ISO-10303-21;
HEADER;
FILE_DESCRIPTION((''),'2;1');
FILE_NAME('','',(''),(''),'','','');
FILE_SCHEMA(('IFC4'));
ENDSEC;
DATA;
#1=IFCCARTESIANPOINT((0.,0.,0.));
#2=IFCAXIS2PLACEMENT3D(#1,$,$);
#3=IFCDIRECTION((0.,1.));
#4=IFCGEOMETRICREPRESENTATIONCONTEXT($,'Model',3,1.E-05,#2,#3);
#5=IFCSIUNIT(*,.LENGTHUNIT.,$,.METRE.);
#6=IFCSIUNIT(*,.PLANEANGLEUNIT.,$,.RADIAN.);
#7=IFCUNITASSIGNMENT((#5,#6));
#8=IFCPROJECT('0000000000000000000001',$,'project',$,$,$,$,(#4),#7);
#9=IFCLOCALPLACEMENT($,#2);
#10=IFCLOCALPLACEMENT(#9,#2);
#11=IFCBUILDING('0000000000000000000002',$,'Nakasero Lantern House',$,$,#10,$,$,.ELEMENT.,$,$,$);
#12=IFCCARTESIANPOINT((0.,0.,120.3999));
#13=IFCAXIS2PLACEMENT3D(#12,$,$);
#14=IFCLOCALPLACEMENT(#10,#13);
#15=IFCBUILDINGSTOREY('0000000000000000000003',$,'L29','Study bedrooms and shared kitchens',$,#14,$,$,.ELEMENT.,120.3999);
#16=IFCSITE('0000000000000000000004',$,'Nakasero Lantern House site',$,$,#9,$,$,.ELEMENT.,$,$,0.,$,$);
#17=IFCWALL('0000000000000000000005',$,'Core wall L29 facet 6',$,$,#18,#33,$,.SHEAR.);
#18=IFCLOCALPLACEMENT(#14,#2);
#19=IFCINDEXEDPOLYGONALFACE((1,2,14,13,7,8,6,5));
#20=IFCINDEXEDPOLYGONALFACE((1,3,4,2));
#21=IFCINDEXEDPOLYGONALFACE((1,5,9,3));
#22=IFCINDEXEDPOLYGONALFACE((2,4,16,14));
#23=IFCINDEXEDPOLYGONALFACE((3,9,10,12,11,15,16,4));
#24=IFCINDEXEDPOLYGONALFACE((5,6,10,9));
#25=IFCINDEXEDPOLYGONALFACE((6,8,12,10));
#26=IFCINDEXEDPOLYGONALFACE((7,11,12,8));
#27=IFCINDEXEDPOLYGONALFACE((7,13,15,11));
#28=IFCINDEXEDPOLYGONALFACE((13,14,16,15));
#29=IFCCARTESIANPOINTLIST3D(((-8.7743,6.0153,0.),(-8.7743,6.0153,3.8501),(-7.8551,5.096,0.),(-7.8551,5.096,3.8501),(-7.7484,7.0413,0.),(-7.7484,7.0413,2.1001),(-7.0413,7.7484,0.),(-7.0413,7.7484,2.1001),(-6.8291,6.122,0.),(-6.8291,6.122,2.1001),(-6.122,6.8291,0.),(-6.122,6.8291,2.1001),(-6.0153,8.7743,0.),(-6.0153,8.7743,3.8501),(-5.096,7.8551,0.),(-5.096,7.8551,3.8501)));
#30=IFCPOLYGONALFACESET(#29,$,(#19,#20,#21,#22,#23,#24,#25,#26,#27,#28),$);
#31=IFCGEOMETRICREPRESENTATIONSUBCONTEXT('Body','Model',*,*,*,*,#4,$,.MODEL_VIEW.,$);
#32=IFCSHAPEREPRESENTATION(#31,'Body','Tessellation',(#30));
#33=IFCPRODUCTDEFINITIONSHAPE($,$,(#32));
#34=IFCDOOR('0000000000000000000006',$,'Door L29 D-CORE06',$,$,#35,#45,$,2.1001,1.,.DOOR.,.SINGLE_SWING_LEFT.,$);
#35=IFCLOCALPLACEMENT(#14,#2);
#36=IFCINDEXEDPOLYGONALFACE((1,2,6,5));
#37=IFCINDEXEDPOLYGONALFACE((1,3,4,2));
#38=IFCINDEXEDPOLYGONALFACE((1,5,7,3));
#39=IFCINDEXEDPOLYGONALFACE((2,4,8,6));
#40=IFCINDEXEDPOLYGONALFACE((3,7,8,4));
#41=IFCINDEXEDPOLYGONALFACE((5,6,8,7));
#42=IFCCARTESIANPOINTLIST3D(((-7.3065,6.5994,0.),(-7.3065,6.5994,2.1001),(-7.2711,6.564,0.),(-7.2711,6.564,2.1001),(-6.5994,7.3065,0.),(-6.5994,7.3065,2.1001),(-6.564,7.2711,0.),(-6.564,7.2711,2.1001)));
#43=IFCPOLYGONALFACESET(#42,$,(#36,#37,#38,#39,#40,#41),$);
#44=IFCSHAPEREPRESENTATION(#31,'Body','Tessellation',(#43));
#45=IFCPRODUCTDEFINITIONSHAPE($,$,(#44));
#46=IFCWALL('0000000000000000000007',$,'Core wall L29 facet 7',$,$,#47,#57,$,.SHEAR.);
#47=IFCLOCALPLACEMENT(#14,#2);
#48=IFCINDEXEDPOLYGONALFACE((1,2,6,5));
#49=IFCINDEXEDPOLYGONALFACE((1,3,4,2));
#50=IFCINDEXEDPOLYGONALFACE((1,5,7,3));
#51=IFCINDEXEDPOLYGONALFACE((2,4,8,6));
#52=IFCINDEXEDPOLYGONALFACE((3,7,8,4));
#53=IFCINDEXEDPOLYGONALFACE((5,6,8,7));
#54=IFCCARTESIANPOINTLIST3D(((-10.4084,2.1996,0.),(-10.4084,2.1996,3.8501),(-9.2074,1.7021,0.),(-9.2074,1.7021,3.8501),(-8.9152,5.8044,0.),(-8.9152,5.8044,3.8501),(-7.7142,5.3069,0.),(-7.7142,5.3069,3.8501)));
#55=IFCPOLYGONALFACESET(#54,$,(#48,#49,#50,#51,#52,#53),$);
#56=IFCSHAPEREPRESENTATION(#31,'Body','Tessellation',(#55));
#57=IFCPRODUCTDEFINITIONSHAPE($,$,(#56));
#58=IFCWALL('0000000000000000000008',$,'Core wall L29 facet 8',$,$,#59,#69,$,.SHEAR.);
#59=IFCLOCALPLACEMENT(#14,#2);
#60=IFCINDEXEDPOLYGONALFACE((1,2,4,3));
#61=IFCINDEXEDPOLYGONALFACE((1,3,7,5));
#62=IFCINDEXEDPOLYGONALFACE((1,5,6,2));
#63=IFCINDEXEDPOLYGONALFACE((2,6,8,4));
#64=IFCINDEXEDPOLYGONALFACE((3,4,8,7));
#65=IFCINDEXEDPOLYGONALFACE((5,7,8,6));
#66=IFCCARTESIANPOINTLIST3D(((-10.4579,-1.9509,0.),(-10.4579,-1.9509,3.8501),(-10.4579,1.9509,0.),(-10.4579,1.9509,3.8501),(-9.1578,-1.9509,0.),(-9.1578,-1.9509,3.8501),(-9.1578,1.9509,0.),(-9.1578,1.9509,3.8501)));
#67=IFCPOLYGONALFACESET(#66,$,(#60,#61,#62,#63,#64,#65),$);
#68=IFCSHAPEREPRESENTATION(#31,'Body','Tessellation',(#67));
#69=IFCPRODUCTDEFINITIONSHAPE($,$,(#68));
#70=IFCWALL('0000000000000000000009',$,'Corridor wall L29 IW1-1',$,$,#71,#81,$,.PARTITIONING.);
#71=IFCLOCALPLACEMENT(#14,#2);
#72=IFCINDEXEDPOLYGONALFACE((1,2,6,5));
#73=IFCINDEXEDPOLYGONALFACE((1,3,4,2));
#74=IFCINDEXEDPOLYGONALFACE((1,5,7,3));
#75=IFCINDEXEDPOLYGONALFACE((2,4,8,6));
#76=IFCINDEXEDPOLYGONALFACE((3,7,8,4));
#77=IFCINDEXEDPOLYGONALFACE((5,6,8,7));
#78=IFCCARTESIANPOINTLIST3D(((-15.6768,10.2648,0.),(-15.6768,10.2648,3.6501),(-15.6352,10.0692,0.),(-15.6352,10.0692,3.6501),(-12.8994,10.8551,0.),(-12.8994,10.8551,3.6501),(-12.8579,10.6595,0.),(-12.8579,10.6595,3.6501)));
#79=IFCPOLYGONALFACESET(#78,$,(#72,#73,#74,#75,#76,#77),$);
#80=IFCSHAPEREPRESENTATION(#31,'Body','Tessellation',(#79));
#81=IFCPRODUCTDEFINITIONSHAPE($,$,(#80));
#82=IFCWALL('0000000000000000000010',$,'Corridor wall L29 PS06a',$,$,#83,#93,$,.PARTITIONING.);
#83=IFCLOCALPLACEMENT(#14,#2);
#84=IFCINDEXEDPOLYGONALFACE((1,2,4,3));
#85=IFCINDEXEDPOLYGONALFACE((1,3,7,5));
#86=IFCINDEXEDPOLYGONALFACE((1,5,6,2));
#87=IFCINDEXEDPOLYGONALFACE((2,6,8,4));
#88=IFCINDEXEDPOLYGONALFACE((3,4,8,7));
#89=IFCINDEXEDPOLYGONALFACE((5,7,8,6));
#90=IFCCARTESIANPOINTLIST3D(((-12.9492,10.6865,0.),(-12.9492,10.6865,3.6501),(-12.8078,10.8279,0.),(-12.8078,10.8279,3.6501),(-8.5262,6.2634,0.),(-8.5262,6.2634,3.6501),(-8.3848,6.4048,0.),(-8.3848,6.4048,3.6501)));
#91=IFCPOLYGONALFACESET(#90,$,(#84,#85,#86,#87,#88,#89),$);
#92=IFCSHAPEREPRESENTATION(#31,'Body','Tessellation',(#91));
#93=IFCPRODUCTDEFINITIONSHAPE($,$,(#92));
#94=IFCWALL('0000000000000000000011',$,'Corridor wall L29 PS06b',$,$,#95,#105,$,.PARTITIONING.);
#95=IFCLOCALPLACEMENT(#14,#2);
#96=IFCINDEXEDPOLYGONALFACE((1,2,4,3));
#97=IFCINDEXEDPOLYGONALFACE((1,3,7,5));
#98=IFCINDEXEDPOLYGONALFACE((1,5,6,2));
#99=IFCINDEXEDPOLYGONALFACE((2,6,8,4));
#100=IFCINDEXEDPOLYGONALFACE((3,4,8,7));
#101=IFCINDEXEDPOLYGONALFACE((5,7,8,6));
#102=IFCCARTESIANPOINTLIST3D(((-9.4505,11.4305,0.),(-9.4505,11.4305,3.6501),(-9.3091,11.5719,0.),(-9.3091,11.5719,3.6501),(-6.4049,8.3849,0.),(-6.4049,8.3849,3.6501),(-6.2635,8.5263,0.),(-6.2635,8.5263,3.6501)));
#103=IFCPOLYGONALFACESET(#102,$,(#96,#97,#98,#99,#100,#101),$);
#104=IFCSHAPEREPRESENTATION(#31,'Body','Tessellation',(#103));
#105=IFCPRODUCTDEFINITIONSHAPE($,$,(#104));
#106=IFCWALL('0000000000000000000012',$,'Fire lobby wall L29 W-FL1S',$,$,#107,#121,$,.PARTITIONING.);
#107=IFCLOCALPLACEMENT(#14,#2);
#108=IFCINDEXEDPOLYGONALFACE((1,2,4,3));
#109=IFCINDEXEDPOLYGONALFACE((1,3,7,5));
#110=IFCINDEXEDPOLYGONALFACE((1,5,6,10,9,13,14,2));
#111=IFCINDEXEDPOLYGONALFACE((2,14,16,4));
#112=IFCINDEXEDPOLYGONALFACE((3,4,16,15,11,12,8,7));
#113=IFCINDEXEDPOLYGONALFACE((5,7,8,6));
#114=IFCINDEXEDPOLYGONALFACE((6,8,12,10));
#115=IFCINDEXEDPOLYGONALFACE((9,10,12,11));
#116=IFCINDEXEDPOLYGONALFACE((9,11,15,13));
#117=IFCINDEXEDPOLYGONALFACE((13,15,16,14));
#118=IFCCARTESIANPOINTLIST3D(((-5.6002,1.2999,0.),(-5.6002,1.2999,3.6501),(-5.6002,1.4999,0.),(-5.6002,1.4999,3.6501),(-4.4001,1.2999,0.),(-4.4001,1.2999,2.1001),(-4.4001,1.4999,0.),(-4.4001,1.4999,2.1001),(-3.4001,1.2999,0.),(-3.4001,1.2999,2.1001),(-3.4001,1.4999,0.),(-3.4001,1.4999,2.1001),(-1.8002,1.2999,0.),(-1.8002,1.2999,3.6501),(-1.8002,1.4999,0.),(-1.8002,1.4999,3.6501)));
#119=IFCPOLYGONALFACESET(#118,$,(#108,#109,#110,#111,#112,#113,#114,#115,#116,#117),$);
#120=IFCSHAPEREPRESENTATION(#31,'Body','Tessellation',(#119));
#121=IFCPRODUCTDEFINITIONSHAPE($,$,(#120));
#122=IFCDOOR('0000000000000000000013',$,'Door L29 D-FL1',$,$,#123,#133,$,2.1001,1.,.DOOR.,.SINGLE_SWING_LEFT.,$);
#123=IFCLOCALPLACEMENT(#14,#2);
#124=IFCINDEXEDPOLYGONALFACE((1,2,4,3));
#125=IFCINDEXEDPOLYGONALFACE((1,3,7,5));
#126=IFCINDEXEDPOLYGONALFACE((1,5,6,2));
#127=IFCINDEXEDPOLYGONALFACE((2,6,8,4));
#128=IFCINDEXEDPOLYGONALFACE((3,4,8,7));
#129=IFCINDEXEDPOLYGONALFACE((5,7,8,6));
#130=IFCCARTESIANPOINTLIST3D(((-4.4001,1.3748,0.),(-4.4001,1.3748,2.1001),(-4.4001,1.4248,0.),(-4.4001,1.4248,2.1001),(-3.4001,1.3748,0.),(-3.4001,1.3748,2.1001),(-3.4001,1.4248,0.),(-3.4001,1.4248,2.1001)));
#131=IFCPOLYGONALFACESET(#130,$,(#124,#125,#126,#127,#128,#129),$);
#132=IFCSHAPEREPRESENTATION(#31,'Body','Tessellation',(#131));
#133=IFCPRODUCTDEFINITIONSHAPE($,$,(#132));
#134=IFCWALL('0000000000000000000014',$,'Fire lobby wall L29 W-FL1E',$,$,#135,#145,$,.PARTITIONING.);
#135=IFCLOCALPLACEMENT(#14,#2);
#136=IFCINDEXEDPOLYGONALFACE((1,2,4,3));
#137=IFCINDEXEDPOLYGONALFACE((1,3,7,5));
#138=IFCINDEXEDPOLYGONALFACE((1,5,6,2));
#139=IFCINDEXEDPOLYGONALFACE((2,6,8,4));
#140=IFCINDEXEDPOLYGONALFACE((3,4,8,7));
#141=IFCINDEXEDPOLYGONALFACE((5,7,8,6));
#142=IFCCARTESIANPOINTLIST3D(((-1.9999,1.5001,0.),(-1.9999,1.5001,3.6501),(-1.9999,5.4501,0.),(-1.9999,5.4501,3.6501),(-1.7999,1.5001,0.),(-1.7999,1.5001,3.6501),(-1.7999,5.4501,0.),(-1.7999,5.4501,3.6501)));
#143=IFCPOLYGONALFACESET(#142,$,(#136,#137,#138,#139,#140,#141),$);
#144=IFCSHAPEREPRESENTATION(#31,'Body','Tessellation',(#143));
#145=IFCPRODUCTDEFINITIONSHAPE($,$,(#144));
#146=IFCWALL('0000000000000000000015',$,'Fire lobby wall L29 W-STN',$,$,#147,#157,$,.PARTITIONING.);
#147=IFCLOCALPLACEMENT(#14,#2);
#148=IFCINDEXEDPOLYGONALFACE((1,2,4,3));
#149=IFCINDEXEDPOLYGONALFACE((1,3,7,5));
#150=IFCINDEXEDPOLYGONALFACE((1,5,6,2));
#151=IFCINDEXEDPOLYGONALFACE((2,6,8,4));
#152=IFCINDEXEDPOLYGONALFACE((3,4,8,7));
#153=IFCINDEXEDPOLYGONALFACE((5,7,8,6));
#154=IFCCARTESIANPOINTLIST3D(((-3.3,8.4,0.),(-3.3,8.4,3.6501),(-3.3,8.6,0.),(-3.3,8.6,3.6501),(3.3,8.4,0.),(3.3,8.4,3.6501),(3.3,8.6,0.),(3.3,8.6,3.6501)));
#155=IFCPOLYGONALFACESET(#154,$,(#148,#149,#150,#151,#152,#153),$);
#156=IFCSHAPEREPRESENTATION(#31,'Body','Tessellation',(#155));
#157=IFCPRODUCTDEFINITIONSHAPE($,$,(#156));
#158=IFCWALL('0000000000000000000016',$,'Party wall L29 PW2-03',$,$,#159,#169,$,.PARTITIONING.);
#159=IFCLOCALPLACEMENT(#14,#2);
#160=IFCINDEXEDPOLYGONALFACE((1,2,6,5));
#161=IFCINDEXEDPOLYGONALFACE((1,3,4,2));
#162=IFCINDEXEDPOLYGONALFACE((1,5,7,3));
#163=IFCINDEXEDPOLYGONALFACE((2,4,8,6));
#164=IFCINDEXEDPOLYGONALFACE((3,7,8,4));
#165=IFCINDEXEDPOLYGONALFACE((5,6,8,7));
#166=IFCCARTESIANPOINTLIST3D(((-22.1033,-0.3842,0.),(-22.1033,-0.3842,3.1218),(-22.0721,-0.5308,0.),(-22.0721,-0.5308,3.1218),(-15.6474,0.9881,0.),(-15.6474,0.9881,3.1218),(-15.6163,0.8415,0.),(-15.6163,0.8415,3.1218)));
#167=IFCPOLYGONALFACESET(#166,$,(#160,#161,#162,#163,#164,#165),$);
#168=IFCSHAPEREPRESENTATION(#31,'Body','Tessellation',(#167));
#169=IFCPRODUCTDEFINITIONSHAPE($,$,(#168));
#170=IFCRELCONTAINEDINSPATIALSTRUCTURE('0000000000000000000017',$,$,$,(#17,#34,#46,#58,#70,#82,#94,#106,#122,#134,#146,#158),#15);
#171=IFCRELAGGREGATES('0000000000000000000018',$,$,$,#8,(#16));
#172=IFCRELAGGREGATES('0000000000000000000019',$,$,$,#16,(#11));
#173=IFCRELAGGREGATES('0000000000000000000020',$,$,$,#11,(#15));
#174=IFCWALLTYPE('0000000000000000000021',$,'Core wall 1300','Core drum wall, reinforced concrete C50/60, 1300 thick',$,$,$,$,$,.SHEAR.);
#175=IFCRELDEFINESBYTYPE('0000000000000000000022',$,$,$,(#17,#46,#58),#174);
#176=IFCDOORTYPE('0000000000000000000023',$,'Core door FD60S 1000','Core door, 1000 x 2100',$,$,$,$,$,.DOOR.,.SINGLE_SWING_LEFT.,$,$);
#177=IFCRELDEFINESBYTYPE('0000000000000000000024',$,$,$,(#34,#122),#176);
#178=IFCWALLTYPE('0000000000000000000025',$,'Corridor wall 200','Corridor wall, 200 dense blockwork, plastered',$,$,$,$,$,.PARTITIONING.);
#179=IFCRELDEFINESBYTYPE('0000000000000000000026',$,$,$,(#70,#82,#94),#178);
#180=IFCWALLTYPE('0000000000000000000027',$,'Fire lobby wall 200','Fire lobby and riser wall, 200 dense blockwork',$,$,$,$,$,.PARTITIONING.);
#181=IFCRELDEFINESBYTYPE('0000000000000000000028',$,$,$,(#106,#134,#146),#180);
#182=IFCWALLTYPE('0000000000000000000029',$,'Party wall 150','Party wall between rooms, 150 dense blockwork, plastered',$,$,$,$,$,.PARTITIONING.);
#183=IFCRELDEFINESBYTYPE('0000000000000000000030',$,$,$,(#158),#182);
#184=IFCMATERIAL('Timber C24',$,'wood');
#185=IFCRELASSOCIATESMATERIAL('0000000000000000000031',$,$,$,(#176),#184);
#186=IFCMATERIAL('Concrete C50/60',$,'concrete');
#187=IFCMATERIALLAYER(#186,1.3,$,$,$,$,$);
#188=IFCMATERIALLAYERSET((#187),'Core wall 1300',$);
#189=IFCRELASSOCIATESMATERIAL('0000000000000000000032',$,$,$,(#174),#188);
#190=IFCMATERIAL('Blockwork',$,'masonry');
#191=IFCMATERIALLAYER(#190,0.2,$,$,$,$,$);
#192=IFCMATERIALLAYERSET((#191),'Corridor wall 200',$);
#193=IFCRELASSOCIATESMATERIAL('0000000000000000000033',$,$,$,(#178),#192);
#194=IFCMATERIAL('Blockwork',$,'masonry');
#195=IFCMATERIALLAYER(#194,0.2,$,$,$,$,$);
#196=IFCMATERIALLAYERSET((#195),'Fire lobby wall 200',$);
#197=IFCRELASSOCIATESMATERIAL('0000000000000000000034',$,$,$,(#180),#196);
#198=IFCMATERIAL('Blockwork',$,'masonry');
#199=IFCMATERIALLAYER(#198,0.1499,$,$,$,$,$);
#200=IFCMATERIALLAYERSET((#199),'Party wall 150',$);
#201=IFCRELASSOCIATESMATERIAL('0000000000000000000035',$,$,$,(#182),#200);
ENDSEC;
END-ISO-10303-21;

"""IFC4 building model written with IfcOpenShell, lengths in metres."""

from ifc_helpers import new_model, si_unit, direction, frame, frame_2d, origin, place, context, subcontext, project, spatial, rectangle, extrude, material, layer, layer_set, type_object, element, fill, save


model = new_model("IFC4")

# Units and contexts
model_context = context("Model", 3, precision=1e-05, world=origin(), true_north=direction((0.0, 1.0)))
body_context = subcontext(model_context, "Body", "Model", "MODEL_VIEW")
ifc_project = project(units=[si_unit("LENGTHUNIT", "METRE"), si_unit("PLANEANGLEUNIT", "RADIAN")], contexts=[model_context])

# Site, building, storey
site_placement = place(None, origin())
site = spatial("IfcSite", under=ifc_project, at=site_placement, Name="Nakasero Lantern House site", CompositionType="ELEMENT", RefElevation=0.0)
building_placement = place(site_placement, origin())
building = spatial("IfcBuilding", under=site, at=building_placement, Name="Nakasero Lantern House", CompositionType="ELEMENT")
storey_placement = place(building_placement, frame((0.0, 0.0, 120.3999)))
storey = spatial("IfcBuildingStorey", under=building, at=storey_placement, Name="L29", Description="Study bedrooms and shared kitchens", CompositionType="ELEMENT", Elevation=120.3999)

# Shared definitions
ifc_material_1 = material(Name="Timber C24", Category="wood")
door_type_1 = type_object("IfcDoorType", Name="Core door FD60S 1000", Description="Core door, 1000 x 2100", OperationType="SINGLE_SWING_LEFT", PredefinedType="DOOR", material=ifc_material_1)

# Shared definitions
ifc_material_2 = material(Name="Concrete C50/60", Category="concrete")
ifc_layer_1 = layer(ifc_material_2, 1.3)
ifc_layer_set_1 = layer_set([ifc_layer_1], Name="Core wall 1300")
wall_type_1 = type_object("IfcWallType", Name="Core wall 1300", Description="Core drum wall, reinforced concrete C50/60, 1300 thick", PredefinedType="SHEAR", material=ifc_layer_set_1)

# Wall, opening, door
wall_1_placement = place(storey_placement, frame((-5.5557, 8.3147, 0.0), z_axis=(0.0, 0.0, 1.0), x_axis=(-0.707107, -0.707107, 0.0)))
wall_1 = element("IfcWall", 1, at=wall_1_placement, inside=storey, type_object=wall_type_1, Name="Core wall L29 facet 6", PredefinedType="SHEAR", context=body_context, shape_type="SweptSolid", body=[
    extrude(rectangle(XDim=3.9019, YDim=1.3, at=frame_2d((1.9509, 0.0))), origin(), (0.0, 0.0, 1.0), 3.8501),
])
opening_1_placement = place(wall_1_placement, frame((1.4509, 0.0, 0.0)))
opening_1 = element("IfcOpeningElement", 2, at=opening_1_placement, cuts=wall_1, PredefinedType="OPENING", context=body_context, shape_type="SweptSolid", body=[
    extrude(rectangle(XDim=1.0, YDim=2.1001, at=frame_2d((0.5, 1.05))), frame((0.0, 0.6699, 0.0), z_axis=(0.0, -1.0, 0.0), x_axis=(1.0, 0.0, 0.0)), (0.0, 0.0, 1.0), 1.3401),
])
door_1_placement = place(opening_1_placement, origin())
door_1 = element("IfcDoor", 3, at=door_1_placement, inside=storey, type_object=door_type_1, Name="Door L29 D-CORE06", OperationType="SINGLE_SWING_LEFT", OverallHeight=2.1001, OverallWidth=1.0, PredefinedType="DOOR", context=body_context, shape_type="SweptSolid", body=[
    extrude(rectangle(XDim=1.0, YDim=2.1001, at=frame_2d((0.5, 1.05))), frame((0.0, 0.0249, 0.0), z_axis=(0.0, -1.0, 0.0), x_axis=(1.0, 0.0, 0.0)), (0.0, 0.0, 1.0), 0.05),
])
fill(opening_1, door_1)

# Walls
for number, where, z_axis, x_axis, name in (
    (4, (-8.3147, 5.5557, 0.0), (0.0, 0.0, 1.0), (-0.382691, -0.923877, 0.0), "Core wall L29 facet 7"),
    (5, (-9.8079, 1.9509, 0.0), (0.0, 0.0, 1.0), (0.0, -1.0, 0.0), "Core wall L29 facet 8"),
):
    element("IfcWall", number, at=place(storey_placement, frame(where, z_axis=z_axis, x_axis=x_axis)), inside=storey, type_object=wall_type_1, Name=name, PredefinedType="SHEAR", context=body_context, shape_type="SweptSolid", body=[
        extrude(rectangle(XDim=3.9019, YDim=1.3, at=frame_2d((1.9509, 0.0))), origin(), (0.0, 0.0, 1.0), 3.8501),
    ])
ifc_material_3 = material(Name="Blockwork", Category="masonry")
ifc_layer_2 = layer(ifc_material_3, 0.2)
ifc_layer_set_2 = layer_set([ifc_layer_2], Name="Corridor wall 200")
wall_type_2 = type_object("IfcWallType", Name="Corridor wall 200", Description="Corridor wall, 200 dense blockwork, plastered", PredefinedType="PARTITIONING", material=ifc_layer_set_2)
wall_2_placement = place(storey_placement, frame((-12.8787, 10.7573, 0.0), z_axis=(0.0, 0.0, 1.0), x_axis=(-0.978148, -0.207908, 0.0)))
element("IfcWall", 6, at=wall_2_placement, inside=storey, type_object=wall_type_2, Name="Corridor wall L29 IW1-1", PredefinedType="PARTITIONING", context=body_context, shape_type="SweptSolid", body=[
    extrude(rectangle(XDim=2.8394, YDim=0.2, at=frame_2d((1.4197, 0.0))), origin(), (0.0, 0.0, 1.0), 3.6501),
])
wall_3_placement = place(storey_placement, frame((-8.4556, 6.3342, 0.0), z_axis=(0.0, 0.0, 1.0), x_axis=(-0.707107, 0.707107, 0.0)))
element("IfcWall", 7, at=wall_3_placement, inside=storey, type_object=wall_type_2, Name="Corridor wall L29 PS06a", PredefinedType="PARTITIONING", context=body_context, shape_type="SweptSolid", body=[
    extrude(rectangle(XDim=6.2551, YDim=0.2, at=frame_2d((3.1274, 0.0))), origin(), (0.0, 0.0, 1.0), 3.6501),
])
wall_4_placement = place(storey_placement, frame((-6.3342, 8.4556, 0.0), z_axis=(0.0, 0.0, 1.0), x_axis=(-0.707107, 0.707107, 0.0)))
element("IfcWall", 8, at=wall_4_placement, inside=storey, type_object=wall_type_2, Name="Corridor wall L29 PS06b", PredefinedType="PARTITIONING", context=body_context, shape_type="SweptSolid", body=[
    extrude(rectangle(XDim=4.3071, YDim=0.2, at=frame_2d((2.1536, 0.0))), origin(), (0.0, 0.0, 1.0), 3.6501),
])

# Wall, opening, door
ifc_material_4 = material(Name="Blockwork", Category="masonry")
ifc_layer_3 = layer(ifc_material_4, 0.2)
ifc_layer_set_3 = layer_set([ifc_layer_3], Name="Fire lobby wall 200")
wall_type_3 = type_object("IfcWallType", Name="Fire lobby wall 200", Description="Fire lobby and riser wall, 200 dense blockwork", PredefinedType="PARTITIONING", material=ifc_layer_set_3)
wall_5_placement = place(storey_placement, frame((-5.6001, 1.3999, 0.0), z_axis=(0.0, 0.0, 1.0), x_axis=(1.0, 0.0, 0.0)))
wall_5 = element("IfcWall", 9, at=wall_5_placement, inside=storey, type_object=wall_type_3, Name="Fire lobby wall L29 W-FL1S", PredefinedType="PARTITIONING", context=body_context, shape_type="SweptSolid", body=[
    extrude(rectangle(XDim=3.8, YDim=0.2, at=frame_2d((1.8999, 0.0))), origin(), (0.0, 0.0, 1.0), 3.6501),
])
opening_2_placement = place(wall_5_placement, frame((1.2, 0.0, 0.0)))
opening_2 = element("IfcOpeningElement", 10, at=opening_2_placement, cuts=wall_5, PredefinedType="OPENING", context=body_context, shape_type="SweptSolid", body=[
    extrude(rectangle(XDim=1.0, YDim=2.1001, at=frame_2d((0.5, 1.05))), frame((0.0, 0.1199, 0.0), z_axis=(0.0, -1.0, 0.0), x_axis=(1.0, 0.0, 0.0)), (0.0, 0.0, 1.0), 0.24),
])
door_2_placement = place(opening_2_placement, origin())
door_2 = element("IfcDoor", 11, at=door_2_placement, inside=storey, type_object=door_type_1, Name="Door L29 D-FL1", OperationType="SINGLE_SWING_LEFT", OverallHeight=2.1001, OverallWidth=1.0, PredefinedType="DOOR", context=body_context, shape_type="SweptSolid", body=[
    extrude(rectangle(XDim=1.0, YDim=2.1001, at=frame_2d((0.5, 1.05))), frame((0.0, 0.0249, 0.0), z_axis=(0.0, -1.0, 0.0), x_axis=(1.0, 0.0, 0.0)), (0.0, 0.0, 1.0), 0.05),
])
fill(opening_2, door_2)

# Walls
wall_6_placement = place(storey_placement, frame((-1.8999, 1.5, 0.0), z_axis=(0.0, 0.0, 1.0), x_axis=(0.0, 1.0, 0.0)))
element("IfcWall", 12, at=wall_6_placement, inside=storey, type_object=wall_type_3, Name="Fire lobby wall L29 W-FL1E", PredefinedType="PARTITIONING", context=body_context, shape_type="SweptSolid", body=[
    extrude(rectangle(XDim=3.95, YDim=0.2, at=frame_2d((1.9751, 0.0))), origin(), (0.0, 0.0, 1.0), 3.6501),
])
wall_7_placement = place(storey_placement, frame((-3.3, 8.5, 0.0), z_axis=(0.0, 0.0, 1.0), x_axis=(1.0, 0.0, 0.0)))
element("IfcWall", 13, at=wall_7_placement, inside=storey, type_object=wall_type_3, Name="Fire lobby wall L29 W-STN", PredefinedType="PARTITIONING", context=body_context, shape_type="SweptSolid", body=[
    extrude(rectangle(XDim=6.6001, YDim=0.2, at=frame_2d((3.3, 0.0))), origin(), (0.0, 0.0, 1.0), 3.6501),
])
ifc_material_5 = material(Name="Blockwork", Category="masonry")
ifc_layer_4 = layer(ifc_material_5, 0.1499)
ifc_layer_set_4 = layer_set([ifc_layer_4], Name="Party wall 150")
wall_type_4 = type_object("IfcWallType", Name="Party wall 150", Description="Party wall between rooms, 150 dense blockwork, plastered", PredefinedType="PARTITIONING", material=ifc_layer_set_4)
wall_8_placement = place(storey_placement, frame((-15.6318, 0.9148, 0.0), z_axis=(0.0, 0.0, 1.0), x_axis=(-0.978145, -0.207925, 0.0)))
element("IfcWall", 14, at=wall_8_placement, inside=storey, type_object=wall_type_4, Name="Party wall L29 PW2-03", PredefinedType="PARTITIONING", context=body_context, shape_type="SweptSolid", body=[
    extrude(rectangle(XDim=6.6001, YDim=0.1499, at=frame_2d((3.3, 0.0))), origin(), (0.0, 0.0, 1.0), 3.1218),
])

save(model, "model.ifc")
